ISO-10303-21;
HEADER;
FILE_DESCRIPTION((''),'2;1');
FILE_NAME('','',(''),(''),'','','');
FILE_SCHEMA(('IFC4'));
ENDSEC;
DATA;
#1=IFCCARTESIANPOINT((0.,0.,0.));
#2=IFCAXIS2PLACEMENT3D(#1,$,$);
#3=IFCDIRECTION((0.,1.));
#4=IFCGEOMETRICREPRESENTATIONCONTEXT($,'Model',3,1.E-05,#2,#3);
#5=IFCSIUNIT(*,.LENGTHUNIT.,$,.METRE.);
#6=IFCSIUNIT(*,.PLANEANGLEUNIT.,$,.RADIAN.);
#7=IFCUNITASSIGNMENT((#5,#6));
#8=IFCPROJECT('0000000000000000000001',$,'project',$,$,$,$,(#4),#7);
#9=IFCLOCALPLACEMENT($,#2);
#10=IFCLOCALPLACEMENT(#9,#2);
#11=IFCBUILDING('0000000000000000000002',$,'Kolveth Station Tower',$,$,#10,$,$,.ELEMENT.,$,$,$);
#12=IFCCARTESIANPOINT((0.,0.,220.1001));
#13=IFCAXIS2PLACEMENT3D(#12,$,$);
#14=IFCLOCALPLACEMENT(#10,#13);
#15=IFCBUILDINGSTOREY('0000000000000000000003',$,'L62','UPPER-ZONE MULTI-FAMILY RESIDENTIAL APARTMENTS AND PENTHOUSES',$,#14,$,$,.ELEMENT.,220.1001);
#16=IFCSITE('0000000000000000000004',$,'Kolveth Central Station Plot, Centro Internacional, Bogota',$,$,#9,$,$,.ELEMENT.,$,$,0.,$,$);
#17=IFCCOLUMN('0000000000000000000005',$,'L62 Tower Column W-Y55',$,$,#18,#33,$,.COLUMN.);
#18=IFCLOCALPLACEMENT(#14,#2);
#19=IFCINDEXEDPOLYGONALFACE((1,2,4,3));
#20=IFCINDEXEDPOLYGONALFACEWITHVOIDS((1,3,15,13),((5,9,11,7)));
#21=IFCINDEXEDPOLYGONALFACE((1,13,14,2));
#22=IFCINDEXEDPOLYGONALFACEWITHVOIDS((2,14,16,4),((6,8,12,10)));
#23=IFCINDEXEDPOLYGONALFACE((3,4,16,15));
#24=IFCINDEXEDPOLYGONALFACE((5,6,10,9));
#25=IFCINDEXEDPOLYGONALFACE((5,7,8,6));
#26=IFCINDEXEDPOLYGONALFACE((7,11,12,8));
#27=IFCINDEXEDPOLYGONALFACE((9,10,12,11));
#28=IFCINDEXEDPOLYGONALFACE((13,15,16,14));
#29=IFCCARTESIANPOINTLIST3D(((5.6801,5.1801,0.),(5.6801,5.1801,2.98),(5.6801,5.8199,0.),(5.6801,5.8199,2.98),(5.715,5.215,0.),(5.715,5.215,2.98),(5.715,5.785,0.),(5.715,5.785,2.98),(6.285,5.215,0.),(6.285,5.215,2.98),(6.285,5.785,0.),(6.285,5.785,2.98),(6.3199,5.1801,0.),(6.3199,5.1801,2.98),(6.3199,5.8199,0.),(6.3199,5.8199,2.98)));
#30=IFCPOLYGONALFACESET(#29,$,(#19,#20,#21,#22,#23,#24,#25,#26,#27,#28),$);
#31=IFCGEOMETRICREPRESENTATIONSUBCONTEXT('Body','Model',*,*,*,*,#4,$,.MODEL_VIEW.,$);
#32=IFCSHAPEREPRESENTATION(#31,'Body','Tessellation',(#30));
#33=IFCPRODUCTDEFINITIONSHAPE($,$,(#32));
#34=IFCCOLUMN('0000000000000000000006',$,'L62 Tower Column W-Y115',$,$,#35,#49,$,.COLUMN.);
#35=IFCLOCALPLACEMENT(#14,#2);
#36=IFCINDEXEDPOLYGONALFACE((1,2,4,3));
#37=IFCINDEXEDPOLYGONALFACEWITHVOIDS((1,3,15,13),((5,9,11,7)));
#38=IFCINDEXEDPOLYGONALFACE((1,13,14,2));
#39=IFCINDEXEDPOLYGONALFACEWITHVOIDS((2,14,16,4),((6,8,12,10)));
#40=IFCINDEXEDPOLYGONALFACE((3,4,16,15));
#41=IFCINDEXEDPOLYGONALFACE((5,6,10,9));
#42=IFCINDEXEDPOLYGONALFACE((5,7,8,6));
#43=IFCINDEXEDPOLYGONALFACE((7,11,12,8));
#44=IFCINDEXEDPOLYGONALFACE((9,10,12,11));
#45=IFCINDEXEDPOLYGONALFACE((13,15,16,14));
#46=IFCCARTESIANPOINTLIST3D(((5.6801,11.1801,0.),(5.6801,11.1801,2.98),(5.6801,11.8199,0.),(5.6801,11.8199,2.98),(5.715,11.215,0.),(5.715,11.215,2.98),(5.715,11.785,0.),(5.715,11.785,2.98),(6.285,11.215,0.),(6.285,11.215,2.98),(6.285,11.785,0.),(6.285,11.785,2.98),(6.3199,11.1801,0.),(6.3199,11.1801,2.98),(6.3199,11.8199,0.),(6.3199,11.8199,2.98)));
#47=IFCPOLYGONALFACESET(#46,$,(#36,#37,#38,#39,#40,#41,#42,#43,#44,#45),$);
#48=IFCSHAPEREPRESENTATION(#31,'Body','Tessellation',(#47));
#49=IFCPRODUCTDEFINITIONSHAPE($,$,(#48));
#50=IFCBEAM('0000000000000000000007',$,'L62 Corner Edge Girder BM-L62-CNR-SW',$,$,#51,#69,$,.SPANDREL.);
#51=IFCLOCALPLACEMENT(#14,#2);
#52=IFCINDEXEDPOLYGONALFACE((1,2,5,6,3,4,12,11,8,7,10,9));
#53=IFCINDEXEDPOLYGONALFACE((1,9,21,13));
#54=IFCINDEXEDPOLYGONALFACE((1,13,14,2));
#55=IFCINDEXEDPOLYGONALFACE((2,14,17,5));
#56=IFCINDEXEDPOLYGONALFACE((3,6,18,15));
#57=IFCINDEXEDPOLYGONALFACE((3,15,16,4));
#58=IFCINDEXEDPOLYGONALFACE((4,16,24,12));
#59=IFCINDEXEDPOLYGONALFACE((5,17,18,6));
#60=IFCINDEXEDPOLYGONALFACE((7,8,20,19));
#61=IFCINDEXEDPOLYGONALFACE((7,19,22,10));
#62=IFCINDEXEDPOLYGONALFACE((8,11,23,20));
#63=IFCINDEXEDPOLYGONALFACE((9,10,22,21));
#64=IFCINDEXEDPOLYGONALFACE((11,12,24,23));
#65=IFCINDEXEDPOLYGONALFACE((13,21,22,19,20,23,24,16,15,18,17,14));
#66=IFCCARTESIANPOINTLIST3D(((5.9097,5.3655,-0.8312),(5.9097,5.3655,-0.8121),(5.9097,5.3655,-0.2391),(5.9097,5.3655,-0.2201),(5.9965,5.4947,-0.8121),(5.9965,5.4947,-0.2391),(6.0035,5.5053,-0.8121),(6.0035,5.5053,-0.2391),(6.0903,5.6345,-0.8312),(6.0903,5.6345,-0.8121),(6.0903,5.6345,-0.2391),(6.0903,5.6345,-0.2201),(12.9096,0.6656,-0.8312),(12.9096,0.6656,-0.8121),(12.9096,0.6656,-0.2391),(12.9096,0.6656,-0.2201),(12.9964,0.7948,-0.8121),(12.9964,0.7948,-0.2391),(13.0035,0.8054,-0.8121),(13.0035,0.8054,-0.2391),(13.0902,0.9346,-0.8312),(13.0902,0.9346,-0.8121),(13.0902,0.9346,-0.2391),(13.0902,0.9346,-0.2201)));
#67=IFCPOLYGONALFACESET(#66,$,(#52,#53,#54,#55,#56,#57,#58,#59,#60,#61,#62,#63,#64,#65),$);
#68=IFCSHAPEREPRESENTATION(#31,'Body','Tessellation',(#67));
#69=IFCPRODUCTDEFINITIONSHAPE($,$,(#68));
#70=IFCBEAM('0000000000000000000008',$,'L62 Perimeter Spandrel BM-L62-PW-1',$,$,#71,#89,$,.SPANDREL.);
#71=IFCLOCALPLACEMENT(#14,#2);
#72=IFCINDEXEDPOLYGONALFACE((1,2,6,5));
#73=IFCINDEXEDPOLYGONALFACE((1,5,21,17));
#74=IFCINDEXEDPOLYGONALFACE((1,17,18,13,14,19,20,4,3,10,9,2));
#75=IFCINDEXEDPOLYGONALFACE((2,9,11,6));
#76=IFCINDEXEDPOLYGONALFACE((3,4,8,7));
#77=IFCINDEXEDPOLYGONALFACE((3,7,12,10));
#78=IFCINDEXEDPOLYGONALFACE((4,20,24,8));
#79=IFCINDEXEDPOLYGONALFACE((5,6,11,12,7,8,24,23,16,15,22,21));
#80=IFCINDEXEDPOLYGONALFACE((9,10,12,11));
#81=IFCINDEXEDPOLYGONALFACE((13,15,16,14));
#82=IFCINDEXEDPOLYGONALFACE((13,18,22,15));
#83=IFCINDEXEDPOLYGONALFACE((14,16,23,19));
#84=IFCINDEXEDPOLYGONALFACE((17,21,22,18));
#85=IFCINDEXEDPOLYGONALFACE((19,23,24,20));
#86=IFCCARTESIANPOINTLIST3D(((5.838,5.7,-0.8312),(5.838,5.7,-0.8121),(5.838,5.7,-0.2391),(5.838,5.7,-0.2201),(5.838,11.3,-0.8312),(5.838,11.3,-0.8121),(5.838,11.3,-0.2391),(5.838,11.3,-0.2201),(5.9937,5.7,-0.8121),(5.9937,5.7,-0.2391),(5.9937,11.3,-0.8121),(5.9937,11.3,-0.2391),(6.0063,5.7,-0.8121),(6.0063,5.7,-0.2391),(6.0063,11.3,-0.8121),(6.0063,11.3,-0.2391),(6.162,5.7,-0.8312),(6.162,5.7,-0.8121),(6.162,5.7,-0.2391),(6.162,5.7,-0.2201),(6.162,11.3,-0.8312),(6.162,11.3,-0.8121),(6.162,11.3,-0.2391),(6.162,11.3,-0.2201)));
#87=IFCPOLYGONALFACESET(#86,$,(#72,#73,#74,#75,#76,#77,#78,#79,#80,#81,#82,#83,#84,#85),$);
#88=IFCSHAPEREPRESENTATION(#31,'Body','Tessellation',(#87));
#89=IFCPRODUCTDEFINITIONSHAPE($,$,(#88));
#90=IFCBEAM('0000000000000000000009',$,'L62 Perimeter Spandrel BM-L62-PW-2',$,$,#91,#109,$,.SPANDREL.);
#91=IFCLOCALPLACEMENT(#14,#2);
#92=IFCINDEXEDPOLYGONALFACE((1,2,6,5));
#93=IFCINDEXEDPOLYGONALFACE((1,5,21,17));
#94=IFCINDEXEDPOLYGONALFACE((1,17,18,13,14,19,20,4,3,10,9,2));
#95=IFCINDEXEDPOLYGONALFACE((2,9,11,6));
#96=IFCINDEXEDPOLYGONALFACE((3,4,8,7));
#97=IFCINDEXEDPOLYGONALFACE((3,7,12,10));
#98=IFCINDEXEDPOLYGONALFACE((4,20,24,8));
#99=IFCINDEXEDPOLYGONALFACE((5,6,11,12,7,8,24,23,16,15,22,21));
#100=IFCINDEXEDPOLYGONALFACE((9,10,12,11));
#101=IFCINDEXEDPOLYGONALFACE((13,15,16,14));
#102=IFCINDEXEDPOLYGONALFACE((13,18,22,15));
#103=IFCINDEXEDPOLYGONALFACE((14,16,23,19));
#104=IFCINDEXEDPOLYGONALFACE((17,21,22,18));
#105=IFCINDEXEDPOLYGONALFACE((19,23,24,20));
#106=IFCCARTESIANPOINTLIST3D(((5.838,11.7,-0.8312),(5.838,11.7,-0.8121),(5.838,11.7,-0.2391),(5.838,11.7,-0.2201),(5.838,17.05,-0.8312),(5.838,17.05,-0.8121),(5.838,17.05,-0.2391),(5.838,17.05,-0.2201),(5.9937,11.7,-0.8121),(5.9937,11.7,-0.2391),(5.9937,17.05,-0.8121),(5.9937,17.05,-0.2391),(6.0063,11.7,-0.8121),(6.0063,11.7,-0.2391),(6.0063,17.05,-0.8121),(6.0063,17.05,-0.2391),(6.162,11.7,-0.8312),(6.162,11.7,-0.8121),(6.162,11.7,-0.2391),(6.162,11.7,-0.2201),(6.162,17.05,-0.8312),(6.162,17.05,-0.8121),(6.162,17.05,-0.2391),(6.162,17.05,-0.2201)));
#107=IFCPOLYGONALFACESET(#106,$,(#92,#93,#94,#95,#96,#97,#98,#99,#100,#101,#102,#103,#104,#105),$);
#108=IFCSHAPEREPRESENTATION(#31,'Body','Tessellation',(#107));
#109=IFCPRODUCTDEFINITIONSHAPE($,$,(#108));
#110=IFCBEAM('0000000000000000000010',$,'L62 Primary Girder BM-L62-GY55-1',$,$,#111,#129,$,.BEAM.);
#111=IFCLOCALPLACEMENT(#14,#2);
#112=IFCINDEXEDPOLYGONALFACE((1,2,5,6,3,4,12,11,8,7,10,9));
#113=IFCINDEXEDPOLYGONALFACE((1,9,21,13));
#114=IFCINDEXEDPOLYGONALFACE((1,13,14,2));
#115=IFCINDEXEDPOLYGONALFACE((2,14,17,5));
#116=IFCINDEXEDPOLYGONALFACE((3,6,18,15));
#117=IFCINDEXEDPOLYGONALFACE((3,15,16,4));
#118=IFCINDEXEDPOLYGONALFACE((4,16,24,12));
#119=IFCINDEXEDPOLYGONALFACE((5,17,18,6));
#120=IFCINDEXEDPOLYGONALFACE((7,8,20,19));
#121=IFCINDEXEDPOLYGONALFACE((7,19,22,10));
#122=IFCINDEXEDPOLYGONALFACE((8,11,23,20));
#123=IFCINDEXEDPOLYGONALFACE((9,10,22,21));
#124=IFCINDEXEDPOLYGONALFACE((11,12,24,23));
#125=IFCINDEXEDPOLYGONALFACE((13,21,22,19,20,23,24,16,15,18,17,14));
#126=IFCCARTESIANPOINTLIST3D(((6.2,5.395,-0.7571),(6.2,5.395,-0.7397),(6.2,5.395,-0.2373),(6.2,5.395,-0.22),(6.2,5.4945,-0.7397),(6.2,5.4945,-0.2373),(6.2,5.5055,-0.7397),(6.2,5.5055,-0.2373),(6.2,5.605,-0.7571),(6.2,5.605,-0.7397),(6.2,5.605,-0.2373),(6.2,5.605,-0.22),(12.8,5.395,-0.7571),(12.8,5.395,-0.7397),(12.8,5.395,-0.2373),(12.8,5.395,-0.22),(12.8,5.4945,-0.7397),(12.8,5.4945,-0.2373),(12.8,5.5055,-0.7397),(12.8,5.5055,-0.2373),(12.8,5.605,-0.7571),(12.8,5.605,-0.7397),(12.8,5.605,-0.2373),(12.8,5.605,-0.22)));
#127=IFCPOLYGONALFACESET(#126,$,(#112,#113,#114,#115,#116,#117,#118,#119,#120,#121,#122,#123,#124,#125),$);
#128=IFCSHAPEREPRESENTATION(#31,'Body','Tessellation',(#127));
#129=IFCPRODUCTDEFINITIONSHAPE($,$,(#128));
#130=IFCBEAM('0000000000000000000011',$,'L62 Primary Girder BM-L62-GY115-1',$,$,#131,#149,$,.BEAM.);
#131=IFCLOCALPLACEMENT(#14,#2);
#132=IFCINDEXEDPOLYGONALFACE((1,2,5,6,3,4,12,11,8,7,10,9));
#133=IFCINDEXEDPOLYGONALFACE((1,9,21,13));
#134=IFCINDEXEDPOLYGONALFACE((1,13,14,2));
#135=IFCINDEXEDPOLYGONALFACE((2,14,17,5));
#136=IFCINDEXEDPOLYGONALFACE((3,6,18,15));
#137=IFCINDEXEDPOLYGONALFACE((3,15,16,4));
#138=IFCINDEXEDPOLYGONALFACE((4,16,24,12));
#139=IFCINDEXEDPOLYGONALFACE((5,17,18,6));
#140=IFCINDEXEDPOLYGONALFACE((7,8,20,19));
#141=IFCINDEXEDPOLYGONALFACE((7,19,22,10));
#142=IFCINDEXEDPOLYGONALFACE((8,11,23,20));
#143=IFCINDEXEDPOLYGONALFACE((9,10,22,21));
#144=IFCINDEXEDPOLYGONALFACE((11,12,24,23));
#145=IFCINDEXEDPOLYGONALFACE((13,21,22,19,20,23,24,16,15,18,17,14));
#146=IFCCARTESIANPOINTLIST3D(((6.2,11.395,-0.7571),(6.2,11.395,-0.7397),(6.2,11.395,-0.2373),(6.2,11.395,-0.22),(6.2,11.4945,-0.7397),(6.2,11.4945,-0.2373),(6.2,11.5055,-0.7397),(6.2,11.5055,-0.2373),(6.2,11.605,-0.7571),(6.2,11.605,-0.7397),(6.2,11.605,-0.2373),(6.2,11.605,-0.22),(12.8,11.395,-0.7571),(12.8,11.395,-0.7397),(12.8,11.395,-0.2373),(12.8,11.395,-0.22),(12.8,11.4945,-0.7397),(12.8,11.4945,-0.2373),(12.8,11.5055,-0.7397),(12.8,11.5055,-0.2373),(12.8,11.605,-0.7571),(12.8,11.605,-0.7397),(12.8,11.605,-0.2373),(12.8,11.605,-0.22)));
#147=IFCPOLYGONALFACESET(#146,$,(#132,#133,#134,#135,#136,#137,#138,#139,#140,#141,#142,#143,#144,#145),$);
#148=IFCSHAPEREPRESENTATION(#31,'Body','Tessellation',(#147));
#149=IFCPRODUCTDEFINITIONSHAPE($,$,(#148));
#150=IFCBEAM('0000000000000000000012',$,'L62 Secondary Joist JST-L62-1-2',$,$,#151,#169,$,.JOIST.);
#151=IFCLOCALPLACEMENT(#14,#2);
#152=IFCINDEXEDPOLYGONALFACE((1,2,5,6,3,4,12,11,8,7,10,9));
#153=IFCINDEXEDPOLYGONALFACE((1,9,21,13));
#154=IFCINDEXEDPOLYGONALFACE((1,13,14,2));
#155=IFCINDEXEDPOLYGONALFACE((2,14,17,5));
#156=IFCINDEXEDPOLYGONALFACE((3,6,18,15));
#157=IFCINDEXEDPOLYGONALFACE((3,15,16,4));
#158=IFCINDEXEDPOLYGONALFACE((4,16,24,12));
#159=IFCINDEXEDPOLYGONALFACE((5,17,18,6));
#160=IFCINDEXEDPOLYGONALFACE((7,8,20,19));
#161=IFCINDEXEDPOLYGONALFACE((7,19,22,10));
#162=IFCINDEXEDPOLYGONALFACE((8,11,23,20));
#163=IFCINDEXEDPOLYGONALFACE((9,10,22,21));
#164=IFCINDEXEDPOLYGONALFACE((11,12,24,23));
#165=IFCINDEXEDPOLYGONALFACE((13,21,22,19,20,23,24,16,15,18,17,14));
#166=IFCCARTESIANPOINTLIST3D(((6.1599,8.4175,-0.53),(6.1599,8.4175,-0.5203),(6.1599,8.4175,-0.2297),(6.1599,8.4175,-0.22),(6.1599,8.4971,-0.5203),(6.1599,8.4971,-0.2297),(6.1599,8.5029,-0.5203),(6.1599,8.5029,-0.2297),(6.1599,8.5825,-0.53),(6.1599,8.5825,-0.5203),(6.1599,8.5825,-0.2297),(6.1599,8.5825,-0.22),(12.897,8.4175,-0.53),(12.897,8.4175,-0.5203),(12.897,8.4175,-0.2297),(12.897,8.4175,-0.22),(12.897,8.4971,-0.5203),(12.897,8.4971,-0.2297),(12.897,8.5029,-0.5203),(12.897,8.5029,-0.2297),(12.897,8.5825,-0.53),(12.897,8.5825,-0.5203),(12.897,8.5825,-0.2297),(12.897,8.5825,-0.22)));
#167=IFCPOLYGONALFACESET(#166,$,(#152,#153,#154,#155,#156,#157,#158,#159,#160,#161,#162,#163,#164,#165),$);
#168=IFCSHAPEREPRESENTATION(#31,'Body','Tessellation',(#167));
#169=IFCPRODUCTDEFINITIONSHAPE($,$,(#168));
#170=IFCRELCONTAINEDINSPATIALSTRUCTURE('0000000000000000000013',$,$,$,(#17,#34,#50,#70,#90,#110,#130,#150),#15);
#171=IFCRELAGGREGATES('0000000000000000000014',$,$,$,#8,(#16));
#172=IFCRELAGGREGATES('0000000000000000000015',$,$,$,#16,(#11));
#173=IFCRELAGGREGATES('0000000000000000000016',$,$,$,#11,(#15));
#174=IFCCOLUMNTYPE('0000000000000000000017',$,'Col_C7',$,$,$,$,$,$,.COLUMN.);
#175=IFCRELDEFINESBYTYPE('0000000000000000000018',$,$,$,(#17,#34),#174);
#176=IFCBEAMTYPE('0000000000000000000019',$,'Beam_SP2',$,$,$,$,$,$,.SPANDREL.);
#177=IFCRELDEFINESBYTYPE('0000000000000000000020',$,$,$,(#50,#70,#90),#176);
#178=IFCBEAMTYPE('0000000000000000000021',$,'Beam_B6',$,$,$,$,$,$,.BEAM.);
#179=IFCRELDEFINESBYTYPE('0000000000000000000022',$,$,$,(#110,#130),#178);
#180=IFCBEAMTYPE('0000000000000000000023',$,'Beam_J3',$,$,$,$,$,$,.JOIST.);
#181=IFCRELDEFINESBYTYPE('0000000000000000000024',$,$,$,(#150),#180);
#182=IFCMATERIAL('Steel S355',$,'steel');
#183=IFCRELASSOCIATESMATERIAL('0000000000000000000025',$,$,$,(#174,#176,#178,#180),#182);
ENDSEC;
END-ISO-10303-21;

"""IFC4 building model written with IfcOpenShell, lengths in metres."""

from ifc_helpers import new_model, si_unit, direction, frame, origin, origin_2d, place, context, subcontext, project, spatial, hollow_rectangle, i_section, extrude, source, transform, mapped, material, material_profile, profile_set, type_object, element, save


model = new_model("IFC4")

# Units and contexts
model_context = context("Model", 3, precision=1e-05, world=origin(), true_north=direction((0.0, 1.0)))
body_context = subcontext(model_context, "Body", "Model", "MODEL_VIEW")
ifc_project = project(units=[si_unit("LENGTHUNIT", "METRE"), si_unit("PLANEANGLEUNIT", "RADIAN")], contexts=[model_context])

# Site, building, storey
site_placement = place(None, origin())
site = spatial("IfcSite", under=ifc_project, at=site_placement, Name="Kolveth Central Station Plot, Centro Internacional, Bogota", CompositionType="ELEMENT", RefElevation=0.0)
building_placement = place(site_placement, origin())
building = spatial("IfcBuilding", under=site, at=building_placement, Name="Kolveth Station Tower", CompositionType="ELEMENT")
storey_placement = place(building_placement, frame((0.0, 0.0, 220.1001)))
storey = spatial("IfcBuildingStorey", under=building, at=storey_placement, Name="L62", Description="UPPER-ZONE MULTI-FAMILY RESIDENTIAL APARTMENTS AND PENTHOUSES", CompositionType="ELEMENT", Elevation=220.1001)

# Columns
ifc_material_1 = material(Name="Steel S355", Category="steel")
ifc_material_profile_1 = material_profile(ifc_material_1, hollow_rectangle(XDim=0.6399, YDim=0.6399, WallThickness=0.0349, at=origin_2d()), Name="BOX640x640x35")
ifc_profile_set_1 = profile_set([ifc_material_profile_1], Name="Steel S355")
column_type = type_object("IfcColumnType", Name="Col_C7", PredefinedType="COLUMN", material=ifc_profile_set_1)
shared_shape_1 = source(origin(), body_context, "Body", "SweptSolid", [
    extrude(hollow_rectangle(XDim=0.6399, YDim=0.6399, WallThickness=0.0349, at=origin_2d()), origin(), (0.0, 0.0, 1.0), 2.98),
])
for number, where, z_axis, x_axis, name in (
    (1, (6.0, 5.5, 0.0), (0.0, 0.0, 1.0), (1.0, 0.0, 0.0), "L62 Tower Column W-Y55"),
    (2, (6.0, 11.5, 0.0), (0.0, 0.0, 1.0), (1.0, 0.0, 0.0), "L62 Tower Column W-Y115"),
):
    element("IfcColumn", number, at=place(storey_placement, frame(where, z_axis=z_axis, x_axis=x_axis)), inside=storey, type_object=column_type, Name=name, PredefinedType="COLUMN", context=body_context, shape_type="MappedRepresentation", body=[
        mapped(shared_shape_1, transform((0.0, 0.0, 0.0), x_axis=(1.0, 0.0, 0.0), y_axis=(0.0, 1.0, 0.0), z_axis=(0.0, 0.0, 1.0), scale=1.0)),
    ])

# Beams
ifc_material_profile_2 = material_profile(ifc_material_1, i_section(OverallWidth=0.324, OverallDepth=0.6111, WebThickness=0.0127, FlangeThickness=0.019, at=origin_2d()), Name="W610x155")
ifc_profile_set_2 = profile_set([ifc_material_profile_2], Name="Steel S355")
beam_type_1 = type_object("IfcBeamType", Name="Beam_SP2", PredefinedType="SPANDREL", material=ifc_profile_set_2)
shared_shape_2 = source(origin(), body_context, "Body", "SweptSolid", [
    extrude(i_section(OverallWidth=0.324, OverallDepth=0.6111, WebThickness=0.0127, FlangeThickness=0.019, at=origin_2d()), origin(), (0.0, 0.0, 1.0), 8.4314),
])
beam_1_placement = place(storey_placement, frame((6.0, 5.5, -0.5256), z_axis=(0.830224, -0.55743, 0.0), x_axis=(0.55743, 0.830224, 0.0)))
element("IfcBeam", 3, at=beam_1_placement, inside=storey, type_object=beam_type_1, Name="L62 Corner Edge Girder BM-L62-CNR-SW", PredefinedType="SPANDREL", context=body_context, shape_type="MappedRepresentation", body=[
    mapped(shared_shape_2, transform((0.0, 0.0, 0.0), x_axis=(1.0, 0.0, 0.0), y_axis=(0.0, 1.0, 0.0), z_axis=(0.0, 0.0, 1.0), scale=1.0)),
])
shared_shape_3 = source(origin(), body_context, "Body", "SweptSolid", [
    extrude(i_section(OverallWidth=0.324, OverallDepth=0.6111, WebThickness=0.0127, FlangeThickness=0.019, at=origin_2d()), origin(), (0.0, 0.0, 1.0), 5.6001),
])
beam_2_placement = place(storey_placement, frame((6.0, 5.7, -0.5256), z_axis=(0.0, 1.0, 0.0), x_axis=(-1.0, 0.0, 0.0)))
element("IfcBeam", 4, at=beam_2_placement, inside=storey, type_object=beam_type_1, Name="L62 Perimeter Spandrel BM-L62-PW-1", PredefinedType="SPANDREL", context=body_context, shape_type="MappedRepresentation", body=[
    mapped(shared_shape_3, transform((0.0, 0.0, 0.0), x_axis=(1.0, 0.0, 0.0), y_axis=(0.0, 1.0, 0.0), z_axis=(0.0, 0.0, 1.0), scale=1.0)),
])
shared_shape_4 = source(origin(), body_context, "Body", "SweptSolid", [
    extrude(i_section(OverallWidth=0.324, OverallDepth=0.6111, WebThickness=0.0127, FlangeThickness=0.019, at=origin_2d()), origin(), (0.0, 0.0, 1.0), 5.3501),
])
beam_3_placement = place(storey_placement, frame((6.0, 11.7, -0.5256), z_axis=(0.0, 1.0, 0.0), x_axis=(-1.0, 0.0, 0.0)))
element("IfcBeam", 5, at=beam_3_placement, inside=storey, type_object=beam_type_1, Name="L62 Perimeter Spandrel BM-L62-PW-2", PredefinedType="SPANDREL", context=body_context, shape_type="MappedRepresentation", body=[
    mapped(shared_shape_4, transform((0.0, 0.0, 0.0), x_axis=(1.0, 0.0, 0.0), y_axis=(0.0, 1.0, 0.0), z_axis=(0.0, 0.0, 1.0), scale=1.0)),
])
ifc_material_profile_3 = material_profile(ifc_material_1, i_section(OverallWidth=0.21, OverallDepth=0.5371, WebThickness=0.011, FlangeThickness=0.0173, at=origin_2d()), Name="W530x101")
ifc_profile_set_3 = profile_set([ifc_material_profile_3], Name="Steel S355")
beam_type_2 = type_object("IfcBeamType", Name="Beam_B6", PredefinedType="BEAM", material=ifc_profile_set_3)
shared_shape_5 = source(origin(), body_context, "Body", "SweptSolid", [
    extrude(i_section(OverallWidth=0.21, OverallDepth=0.5371, WebThickness=0.011, FlangeThickness=0.0173, at=origin_2d()), origin(), (0.0, 0.0, 1.0), 6.6001),
])
for number, where, z_axis, x_axis, name in (
    (6, (6.2, 5.5, -0.4885), (1.0, 0.0, 0.0), (0.0, 1.0, 0.0), "L62 Primary Girder BM-L62-GY55-1"),
    (7, (6.2, 11.5, -0.4885), (1.0, 0.0, 0.0), (0.0, 1.0, 0.0), "L62 Primary Girder BM-L62-GY115-1"),
):
    element("IfcBeam", number, at=place(storey_placement, frame(where, z_axis=z_axis, x_axis=x_axis)), inside=storey, type_object=beam_type_2, Name=name, PredefinedType="BEAM", context=body_context, shape_type="MappedRepresentation", body=[
        mapped(shared_shape_5, transform((0.0, 0.0, 0.0), x_axis=(1.0, 0.0, 0.0), y_axis=(0.0, 1.0, 0.0), z_axis=(0.0, 0.0, 1.0), scale=1.0)),
    ])
ifc_material_profile_4 = material_profile(ifc_material_1, i_section(OverallWidth=0.165, OverallDepth=0.3101, WebThickness=0.0059, FlangeThickness=0.0098, at=origin_2d()), Name="W310x39")
ifc_profile_set_4 = profile_set([ifc_material_profile_4], Name="Steel S355")
beam_type_3 = type_object("IfcBeamType", Name="Beam_J3", PredefinedType="JOIST", material=ifc_profile_set_4)
shared_shape_6 = source(origin(), body_context, "Body", "SweptSolid", [
    extrude(i_section(OverallWidth=0.165, OverallDepth=0.3101, WebThickness=0.0059, FlangeThickness=0.0098, at=origin_2d()), origin(), (0.0, 0.0, 1.0), 6.7371),
])
beam_4_placement = place(storey_placement, frame((6.1599, 8.5, -0.375), z_axis=(1.0, 0.0, 0.0), x_axis=(0.0, 1.0, 0.0)))
element("IfcBeam", 8, at=beam_4_placement, inside=storey, type_object=beam_type_3, Name="L62 Secondary Joist JST-L62-1-2", PredefinedType="JOIST", context=body_context, shape_type="MappedRepresentation", body=[
    mapped(shared_shape_6, transform((0.0, 0.0, 0.0), x_axis=(1.0, 0.0, 0.0), y_axis=(0.0, 1.0, 0.0), z_axis=(0.0, 0.0, 1.0), scale=1.0)),
])

save(model, "model.ifc")
